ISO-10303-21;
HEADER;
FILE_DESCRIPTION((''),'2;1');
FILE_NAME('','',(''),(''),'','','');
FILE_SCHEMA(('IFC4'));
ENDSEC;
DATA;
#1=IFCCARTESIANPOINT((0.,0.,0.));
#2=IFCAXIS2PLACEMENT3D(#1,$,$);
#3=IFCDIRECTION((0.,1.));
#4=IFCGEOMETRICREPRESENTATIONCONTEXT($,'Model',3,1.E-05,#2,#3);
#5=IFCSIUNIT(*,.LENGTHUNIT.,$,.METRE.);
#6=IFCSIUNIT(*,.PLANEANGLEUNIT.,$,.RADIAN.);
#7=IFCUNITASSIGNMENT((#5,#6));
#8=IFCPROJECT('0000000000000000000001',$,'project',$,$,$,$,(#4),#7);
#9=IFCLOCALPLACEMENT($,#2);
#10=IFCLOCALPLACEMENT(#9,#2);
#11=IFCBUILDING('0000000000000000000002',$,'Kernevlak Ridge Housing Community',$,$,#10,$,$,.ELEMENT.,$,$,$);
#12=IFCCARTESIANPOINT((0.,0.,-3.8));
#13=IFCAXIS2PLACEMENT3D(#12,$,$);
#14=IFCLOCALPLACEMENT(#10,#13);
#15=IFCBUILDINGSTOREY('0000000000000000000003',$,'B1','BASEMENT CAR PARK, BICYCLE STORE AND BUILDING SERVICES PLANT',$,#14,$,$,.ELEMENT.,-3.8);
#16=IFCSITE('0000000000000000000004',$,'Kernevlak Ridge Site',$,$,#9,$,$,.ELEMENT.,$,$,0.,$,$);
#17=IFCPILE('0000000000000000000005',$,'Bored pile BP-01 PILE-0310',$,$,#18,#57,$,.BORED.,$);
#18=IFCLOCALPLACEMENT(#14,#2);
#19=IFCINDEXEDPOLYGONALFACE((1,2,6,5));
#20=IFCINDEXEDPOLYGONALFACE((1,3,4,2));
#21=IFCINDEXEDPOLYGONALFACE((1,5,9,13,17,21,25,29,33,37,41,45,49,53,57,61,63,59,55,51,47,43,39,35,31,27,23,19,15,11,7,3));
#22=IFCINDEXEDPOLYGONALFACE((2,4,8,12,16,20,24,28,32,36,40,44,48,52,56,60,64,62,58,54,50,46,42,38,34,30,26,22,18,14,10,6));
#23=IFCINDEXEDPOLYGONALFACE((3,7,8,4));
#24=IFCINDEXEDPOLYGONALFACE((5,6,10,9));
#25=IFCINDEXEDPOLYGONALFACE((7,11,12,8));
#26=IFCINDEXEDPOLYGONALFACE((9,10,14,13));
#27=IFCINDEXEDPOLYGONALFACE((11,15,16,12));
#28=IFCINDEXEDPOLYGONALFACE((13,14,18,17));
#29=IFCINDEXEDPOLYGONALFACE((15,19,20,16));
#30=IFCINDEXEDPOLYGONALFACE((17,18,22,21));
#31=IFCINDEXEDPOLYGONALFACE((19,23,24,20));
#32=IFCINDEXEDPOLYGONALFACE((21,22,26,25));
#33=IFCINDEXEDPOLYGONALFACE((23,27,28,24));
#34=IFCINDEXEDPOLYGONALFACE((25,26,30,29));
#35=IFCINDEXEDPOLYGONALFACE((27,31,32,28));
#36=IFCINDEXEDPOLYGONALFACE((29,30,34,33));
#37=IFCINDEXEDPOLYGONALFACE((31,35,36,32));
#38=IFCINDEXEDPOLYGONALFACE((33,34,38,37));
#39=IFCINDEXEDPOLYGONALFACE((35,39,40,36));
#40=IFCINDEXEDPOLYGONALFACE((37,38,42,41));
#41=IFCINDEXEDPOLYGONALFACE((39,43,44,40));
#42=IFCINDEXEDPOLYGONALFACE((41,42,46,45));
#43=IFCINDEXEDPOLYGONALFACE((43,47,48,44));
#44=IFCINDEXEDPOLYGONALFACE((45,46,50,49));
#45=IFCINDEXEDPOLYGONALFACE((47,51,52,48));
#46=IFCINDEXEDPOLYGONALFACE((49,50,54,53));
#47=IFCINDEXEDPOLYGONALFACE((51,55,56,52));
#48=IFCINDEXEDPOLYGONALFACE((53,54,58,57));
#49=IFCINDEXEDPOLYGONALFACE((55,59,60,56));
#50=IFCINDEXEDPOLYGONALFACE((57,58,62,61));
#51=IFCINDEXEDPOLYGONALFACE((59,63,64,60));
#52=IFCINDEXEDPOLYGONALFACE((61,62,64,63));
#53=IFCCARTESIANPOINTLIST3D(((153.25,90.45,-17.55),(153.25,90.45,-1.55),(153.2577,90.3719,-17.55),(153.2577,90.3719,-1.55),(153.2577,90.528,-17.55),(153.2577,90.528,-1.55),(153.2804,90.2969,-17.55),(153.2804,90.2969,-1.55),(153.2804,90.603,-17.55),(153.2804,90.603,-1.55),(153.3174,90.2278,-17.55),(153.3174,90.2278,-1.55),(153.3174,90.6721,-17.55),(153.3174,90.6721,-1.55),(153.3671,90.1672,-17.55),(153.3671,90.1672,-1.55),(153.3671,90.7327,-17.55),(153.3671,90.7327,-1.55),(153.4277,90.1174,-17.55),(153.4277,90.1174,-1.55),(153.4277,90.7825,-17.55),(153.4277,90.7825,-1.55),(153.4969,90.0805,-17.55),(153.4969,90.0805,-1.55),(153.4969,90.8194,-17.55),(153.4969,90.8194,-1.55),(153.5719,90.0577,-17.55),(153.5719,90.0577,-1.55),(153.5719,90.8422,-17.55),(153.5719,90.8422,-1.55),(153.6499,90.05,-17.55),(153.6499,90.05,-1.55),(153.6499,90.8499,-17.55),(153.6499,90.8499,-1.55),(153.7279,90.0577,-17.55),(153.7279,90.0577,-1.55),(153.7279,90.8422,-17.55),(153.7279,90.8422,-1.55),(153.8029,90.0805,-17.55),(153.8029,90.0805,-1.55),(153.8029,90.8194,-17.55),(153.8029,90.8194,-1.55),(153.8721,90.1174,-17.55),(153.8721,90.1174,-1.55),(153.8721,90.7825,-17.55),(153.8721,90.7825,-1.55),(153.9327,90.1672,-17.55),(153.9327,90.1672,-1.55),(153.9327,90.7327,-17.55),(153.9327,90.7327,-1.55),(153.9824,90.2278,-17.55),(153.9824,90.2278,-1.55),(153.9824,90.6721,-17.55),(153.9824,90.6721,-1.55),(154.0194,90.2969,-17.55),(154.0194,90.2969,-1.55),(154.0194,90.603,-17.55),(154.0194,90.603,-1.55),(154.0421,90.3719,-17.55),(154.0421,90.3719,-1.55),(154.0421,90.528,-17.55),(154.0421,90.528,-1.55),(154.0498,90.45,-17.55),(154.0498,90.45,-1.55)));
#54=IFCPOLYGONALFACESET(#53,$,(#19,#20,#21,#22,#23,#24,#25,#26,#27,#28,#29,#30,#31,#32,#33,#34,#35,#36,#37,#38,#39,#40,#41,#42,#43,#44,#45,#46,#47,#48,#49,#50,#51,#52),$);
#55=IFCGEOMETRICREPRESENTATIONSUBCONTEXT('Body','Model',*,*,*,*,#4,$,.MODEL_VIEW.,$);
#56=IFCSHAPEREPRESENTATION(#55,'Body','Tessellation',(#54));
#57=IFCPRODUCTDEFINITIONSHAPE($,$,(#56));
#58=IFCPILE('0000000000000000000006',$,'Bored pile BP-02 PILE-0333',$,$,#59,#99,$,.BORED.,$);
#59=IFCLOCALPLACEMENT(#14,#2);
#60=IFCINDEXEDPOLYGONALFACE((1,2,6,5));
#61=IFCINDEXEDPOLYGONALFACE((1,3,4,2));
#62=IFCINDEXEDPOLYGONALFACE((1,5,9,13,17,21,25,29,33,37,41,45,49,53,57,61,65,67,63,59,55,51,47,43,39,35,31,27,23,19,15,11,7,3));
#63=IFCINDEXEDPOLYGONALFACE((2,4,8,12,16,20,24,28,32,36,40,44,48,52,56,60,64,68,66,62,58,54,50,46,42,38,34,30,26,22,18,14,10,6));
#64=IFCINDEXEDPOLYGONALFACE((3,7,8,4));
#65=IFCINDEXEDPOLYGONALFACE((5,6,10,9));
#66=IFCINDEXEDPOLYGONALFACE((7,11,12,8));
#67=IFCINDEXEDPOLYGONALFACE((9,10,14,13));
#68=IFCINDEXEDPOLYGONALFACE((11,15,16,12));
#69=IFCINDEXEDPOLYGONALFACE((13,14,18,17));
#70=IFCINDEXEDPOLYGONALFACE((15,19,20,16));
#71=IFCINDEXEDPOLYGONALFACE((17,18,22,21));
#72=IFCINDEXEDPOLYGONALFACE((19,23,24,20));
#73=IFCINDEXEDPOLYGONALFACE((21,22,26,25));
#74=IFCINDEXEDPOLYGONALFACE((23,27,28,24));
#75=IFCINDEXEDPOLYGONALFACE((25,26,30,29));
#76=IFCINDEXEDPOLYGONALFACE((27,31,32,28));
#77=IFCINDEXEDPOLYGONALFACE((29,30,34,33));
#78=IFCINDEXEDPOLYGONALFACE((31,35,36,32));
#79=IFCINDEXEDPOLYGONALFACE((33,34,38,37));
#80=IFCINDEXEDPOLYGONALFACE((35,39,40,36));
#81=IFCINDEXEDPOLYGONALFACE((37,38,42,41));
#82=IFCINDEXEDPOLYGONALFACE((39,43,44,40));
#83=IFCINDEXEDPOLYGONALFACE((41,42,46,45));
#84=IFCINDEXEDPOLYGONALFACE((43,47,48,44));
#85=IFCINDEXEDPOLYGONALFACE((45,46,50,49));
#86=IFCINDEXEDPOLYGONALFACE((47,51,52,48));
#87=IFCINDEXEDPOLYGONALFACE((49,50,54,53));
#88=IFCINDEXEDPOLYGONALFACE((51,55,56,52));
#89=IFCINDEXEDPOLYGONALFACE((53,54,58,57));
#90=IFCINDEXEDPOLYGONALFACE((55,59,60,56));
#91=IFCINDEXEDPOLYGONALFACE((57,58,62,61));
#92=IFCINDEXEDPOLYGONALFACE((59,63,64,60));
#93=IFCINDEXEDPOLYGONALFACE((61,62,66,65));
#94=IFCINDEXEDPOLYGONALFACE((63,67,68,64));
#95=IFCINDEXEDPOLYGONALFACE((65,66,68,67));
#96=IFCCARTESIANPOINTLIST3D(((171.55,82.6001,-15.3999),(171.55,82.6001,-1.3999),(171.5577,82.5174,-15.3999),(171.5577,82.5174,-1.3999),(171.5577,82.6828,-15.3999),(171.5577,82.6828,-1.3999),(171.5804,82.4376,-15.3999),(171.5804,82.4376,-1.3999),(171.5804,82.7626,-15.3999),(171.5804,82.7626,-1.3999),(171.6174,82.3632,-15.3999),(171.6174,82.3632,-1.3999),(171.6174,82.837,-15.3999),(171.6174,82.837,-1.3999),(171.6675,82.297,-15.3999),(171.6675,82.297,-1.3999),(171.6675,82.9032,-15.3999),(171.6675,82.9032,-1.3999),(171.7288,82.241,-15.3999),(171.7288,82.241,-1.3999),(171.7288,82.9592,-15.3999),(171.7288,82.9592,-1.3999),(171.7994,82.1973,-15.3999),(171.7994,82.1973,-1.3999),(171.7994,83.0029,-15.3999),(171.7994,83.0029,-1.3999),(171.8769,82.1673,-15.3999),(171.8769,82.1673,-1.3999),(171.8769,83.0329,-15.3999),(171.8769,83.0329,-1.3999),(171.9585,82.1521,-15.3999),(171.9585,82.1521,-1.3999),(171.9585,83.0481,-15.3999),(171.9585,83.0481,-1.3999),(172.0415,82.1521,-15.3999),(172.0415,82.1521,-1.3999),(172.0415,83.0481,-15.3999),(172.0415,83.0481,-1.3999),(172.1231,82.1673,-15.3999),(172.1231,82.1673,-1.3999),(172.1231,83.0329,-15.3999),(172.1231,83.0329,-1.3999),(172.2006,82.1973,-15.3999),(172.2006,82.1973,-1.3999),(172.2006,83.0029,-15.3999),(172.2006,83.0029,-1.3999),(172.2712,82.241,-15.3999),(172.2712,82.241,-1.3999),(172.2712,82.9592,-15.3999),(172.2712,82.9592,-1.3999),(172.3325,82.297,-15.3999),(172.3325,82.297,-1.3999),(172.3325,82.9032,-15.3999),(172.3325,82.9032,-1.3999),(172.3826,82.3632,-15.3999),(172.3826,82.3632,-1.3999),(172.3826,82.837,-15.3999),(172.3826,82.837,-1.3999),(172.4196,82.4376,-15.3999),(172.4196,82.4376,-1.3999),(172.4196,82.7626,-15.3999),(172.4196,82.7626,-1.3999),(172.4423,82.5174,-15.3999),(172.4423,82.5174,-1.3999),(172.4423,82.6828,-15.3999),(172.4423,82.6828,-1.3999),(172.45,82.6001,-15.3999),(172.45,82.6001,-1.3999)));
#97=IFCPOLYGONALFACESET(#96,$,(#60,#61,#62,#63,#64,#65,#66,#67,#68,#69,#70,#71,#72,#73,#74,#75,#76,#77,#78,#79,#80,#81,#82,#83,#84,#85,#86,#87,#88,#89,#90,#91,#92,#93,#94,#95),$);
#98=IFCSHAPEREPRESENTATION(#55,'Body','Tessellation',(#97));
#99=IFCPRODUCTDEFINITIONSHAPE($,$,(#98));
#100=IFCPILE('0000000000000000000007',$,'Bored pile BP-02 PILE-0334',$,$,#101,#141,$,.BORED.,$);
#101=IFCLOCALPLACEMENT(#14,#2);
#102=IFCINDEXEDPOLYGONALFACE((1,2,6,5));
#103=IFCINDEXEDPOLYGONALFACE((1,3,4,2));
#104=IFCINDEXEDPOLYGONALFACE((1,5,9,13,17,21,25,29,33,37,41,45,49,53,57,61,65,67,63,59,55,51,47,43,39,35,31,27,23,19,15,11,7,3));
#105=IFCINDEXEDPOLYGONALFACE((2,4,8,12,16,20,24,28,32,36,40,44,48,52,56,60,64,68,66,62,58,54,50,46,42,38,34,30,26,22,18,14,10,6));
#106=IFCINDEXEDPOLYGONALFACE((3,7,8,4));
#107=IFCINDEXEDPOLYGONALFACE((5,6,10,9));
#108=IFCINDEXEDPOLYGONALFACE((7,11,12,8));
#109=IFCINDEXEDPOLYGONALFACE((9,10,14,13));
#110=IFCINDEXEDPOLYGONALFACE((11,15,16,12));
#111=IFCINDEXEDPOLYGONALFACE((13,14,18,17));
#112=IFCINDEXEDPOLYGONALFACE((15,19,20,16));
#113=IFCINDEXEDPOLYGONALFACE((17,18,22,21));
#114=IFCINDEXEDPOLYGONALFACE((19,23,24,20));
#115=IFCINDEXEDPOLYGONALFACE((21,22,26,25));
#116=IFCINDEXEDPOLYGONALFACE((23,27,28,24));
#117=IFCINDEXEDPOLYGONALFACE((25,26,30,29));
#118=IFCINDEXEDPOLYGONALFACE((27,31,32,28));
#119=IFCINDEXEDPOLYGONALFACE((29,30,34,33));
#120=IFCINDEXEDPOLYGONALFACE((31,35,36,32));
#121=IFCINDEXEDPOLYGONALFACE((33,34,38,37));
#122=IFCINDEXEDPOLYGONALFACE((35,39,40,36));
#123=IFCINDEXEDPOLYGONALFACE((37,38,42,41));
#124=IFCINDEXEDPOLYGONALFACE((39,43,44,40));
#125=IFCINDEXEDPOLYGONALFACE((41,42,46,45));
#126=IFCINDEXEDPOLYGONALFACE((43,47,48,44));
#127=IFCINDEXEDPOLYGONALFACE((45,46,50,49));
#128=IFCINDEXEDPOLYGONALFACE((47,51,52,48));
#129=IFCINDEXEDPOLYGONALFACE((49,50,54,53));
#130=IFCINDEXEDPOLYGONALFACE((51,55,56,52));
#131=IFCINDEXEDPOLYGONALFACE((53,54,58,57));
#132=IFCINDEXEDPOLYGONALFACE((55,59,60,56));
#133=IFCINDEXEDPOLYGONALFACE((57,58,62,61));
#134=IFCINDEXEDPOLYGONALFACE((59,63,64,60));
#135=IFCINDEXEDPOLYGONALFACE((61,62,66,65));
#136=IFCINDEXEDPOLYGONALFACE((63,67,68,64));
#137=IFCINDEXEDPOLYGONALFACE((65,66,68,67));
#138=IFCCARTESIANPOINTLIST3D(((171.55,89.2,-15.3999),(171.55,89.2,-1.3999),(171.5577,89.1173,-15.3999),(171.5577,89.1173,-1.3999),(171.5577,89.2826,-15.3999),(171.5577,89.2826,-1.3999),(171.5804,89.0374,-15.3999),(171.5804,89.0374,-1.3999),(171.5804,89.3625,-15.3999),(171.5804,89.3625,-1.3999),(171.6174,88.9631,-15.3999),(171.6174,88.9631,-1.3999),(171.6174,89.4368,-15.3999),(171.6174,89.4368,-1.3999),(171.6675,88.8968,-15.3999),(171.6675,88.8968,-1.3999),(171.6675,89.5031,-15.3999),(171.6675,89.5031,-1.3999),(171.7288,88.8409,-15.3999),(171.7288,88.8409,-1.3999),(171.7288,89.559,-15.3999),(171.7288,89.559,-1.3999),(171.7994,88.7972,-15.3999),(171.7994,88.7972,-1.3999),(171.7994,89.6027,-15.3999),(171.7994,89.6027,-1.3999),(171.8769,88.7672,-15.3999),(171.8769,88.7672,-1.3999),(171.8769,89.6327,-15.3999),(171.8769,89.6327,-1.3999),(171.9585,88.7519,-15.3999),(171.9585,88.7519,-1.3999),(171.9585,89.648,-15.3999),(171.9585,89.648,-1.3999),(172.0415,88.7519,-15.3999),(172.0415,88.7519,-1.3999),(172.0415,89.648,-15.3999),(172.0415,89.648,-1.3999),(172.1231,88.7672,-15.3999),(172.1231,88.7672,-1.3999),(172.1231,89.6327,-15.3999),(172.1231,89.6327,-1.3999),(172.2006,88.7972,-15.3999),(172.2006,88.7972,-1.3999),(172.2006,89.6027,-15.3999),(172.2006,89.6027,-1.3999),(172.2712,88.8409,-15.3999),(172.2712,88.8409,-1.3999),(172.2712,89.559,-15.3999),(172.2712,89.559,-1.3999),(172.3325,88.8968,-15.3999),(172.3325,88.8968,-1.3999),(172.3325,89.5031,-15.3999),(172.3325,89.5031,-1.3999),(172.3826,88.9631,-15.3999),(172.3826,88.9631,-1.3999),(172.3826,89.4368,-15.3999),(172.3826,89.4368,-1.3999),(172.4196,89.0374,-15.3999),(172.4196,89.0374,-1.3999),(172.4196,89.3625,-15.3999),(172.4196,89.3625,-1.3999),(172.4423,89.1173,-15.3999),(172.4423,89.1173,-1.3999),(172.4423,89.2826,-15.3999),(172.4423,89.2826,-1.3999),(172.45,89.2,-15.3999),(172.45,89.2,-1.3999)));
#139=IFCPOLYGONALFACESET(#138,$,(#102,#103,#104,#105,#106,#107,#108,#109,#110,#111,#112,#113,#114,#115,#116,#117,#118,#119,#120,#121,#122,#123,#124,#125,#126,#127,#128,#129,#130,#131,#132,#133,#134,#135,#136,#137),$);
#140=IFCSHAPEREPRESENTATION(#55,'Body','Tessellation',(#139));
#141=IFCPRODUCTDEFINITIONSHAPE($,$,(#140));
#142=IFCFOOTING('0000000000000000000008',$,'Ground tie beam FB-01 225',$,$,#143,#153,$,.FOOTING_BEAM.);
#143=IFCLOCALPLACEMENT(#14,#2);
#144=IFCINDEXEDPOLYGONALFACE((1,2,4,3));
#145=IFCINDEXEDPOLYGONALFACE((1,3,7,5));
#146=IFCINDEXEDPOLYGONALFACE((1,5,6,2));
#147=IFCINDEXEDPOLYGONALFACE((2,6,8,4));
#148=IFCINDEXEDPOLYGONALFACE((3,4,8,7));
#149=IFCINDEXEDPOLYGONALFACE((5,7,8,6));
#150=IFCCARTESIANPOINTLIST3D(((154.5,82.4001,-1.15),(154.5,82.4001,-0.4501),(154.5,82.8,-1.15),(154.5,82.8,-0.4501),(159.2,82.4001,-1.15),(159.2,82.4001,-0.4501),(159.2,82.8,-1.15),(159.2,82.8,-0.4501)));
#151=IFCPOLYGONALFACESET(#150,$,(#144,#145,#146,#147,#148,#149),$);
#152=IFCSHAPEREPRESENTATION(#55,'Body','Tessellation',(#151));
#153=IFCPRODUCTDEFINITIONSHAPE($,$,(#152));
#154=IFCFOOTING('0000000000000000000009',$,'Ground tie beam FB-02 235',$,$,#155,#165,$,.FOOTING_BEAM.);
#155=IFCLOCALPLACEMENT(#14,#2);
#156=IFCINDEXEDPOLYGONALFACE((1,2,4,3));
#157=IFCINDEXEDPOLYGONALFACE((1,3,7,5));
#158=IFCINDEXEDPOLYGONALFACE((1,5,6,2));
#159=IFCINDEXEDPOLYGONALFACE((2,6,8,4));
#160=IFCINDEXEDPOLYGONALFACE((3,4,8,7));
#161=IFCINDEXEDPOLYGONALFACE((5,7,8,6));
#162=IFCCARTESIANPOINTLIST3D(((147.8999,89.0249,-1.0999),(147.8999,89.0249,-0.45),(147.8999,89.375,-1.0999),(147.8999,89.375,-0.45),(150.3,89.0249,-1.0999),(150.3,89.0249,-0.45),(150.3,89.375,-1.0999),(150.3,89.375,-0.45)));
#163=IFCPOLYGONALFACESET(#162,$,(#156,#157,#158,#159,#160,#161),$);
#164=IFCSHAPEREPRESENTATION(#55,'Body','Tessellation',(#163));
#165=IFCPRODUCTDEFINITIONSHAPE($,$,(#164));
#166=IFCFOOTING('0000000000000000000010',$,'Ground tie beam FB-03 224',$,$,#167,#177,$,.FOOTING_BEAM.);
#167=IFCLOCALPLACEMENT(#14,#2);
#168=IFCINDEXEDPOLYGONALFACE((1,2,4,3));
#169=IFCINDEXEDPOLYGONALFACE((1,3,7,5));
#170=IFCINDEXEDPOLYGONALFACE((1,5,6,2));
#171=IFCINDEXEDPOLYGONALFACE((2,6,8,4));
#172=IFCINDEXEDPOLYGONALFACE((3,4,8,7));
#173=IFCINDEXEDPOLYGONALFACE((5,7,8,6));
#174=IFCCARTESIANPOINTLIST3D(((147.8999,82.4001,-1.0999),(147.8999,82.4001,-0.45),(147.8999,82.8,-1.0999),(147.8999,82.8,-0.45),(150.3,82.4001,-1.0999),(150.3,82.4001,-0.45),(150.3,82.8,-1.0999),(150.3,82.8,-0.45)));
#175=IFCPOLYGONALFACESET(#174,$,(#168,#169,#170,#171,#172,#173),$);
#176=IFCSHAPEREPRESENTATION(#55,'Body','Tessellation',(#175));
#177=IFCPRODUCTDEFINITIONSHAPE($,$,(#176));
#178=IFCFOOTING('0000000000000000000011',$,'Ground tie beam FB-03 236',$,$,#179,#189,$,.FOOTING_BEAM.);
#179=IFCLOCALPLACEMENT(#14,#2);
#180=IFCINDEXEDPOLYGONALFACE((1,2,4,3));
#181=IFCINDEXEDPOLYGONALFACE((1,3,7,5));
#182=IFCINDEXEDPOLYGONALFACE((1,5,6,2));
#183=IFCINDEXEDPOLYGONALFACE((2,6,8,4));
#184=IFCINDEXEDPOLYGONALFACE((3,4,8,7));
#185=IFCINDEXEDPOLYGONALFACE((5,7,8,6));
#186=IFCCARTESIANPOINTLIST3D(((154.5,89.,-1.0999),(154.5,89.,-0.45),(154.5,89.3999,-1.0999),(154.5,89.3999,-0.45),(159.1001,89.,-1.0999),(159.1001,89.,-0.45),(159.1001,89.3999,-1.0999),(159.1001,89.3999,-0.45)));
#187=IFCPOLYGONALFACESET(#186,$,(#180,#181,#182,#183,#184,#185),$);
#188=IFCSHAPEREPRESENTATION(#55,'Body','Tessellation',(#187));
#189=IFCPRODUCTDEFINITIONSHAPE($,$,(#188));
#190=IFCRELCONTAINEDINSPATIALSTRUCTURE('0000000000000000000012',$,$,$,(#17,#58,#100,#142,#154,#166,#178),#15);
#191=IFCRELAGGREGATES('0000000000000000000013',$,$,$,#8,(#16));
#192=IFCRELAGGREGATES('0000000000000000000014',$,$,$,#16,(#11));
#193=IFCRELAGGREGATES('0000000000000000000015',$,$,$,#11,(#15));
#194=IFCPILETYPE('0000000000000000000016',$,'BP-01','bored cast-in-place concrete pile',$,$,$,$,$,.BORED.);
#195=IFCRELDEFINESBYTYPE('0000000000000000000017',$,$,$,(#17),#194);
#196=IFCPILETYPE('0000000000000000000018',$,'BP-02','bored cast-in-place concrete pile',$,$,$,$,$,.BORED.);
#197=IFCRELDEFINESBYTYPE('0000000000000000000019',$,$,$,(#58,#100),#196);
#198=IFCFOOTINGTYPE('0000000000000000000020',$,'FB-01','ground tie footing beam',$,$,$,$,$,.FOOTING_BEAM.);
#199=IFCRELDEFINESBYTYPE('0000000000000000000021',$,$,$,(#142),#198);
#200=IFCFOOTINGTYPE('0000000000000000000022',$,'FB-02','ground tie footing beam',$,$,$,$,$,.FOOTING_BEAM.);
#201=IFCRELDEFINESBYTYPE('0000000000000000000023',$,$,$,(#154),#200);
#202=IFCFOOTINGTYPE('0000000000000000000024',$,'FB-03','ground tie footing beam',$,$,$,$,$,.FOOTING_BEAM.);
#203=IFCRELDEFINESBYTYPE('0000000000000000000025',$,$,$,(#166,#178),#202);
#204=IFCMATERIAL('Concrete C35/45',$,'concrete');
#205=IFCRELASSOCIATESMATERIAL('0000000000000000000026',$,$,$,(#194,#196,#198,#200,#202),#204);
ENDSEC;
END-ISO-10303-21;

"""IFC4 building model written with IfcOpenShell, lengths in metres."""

from ifc_helpers import new_model, si_unit, direction, frame, origin, origin_2d, place, context, subcontext, project, spatial, rectangle, circle, extrude, material, material_profile, profile_set, type_object, element, save


model = new_model("IFC4")

# Units and contexts
model_context = context("Model", 3, precision=1e-05, world=origin(), true_north=direction((0.0, 1.0)))
body_context = subcontext(model_context, "Body", "Model", "MODEL_VIEW")
ifc_project = project(units=[si_unit("LENGTHUNIT", "METRE"), si_unit("PLANEANGLEUNIT", "RADIAN")], contexts=[model_context])

# Site, building, storey
site_placement = place(None, origin())
site = spatial("IfcSite", under=ifc_project, at=site_placement, Name="Kernevlak Ridge Site", CompositionType="ELEMENT", RefElevation=0.0)
building_placement = place(site_placement, origin())
building = spatial("IfcBuilding", under=site, at=building_placement, Name="Kernevlak Ridge Housing Community", CompositionType="ELEMENT")
storey_placement = place(building_placement, frame((0.0, 0.0, -3.8)))
storey = spatial("IfcBuildingStorey", under=building, at=storey_placement, Name="B1", Description="BASEMENT CAR PARK, BICYCLE STORE AND BUILDING SERVICES PLANT", CompositionType="ELEMENT", Elevation=-3.8)

# Piles
ifc_material_1 = material(Name="Concrete C35/45", Category="concrete")
ifc_material_profile_1 = material_profile(ifc_material_1, circle(Radius=0.3999, at=origin_2d()), Name="BORED PILE 800")
ifc_profile_set_1 = profile_set([ifc_material_profile_1], Name="Concrete C35/45")
pile_type_1 = type_object("IfcPileType", Name="BP-01", Description="bored cast-in-place concrete pile", PredefinedType="BORED", material=ifc_profile_set_1)
for number, where, z_axis, x_axis, name in (
    (1, (153.6499, 90.45, -1.55), (0.0, 0.0, -1.0), (1.0, 0.0, 0.0), "Bored pile BP-01 PILE-0310"),
):
    element("IfcPile", number, at=place(storey_placement, frame(where, z_axis=z_axis, x_axis=x_axis)), inside=storey, type_object=pile_type_1, Name=name, PredefinedType="BORED", context=body_context, shape_type="SweptSolid", body=[
        extrude(circle(Radius=0.3999, at=origin_2d()), origin(), (0.0, 0.0, 1.0), 16.0),
    ])
ifc_material_profile_2 = material_profile(ifc_material_1, circle(Radius=0.45, at=origin_2d()), Name="BORED PILE 900")
ifc_profile_set_2 = profile_set([ifc_material_profile_2], Name="Concrete C35/45")
pile_type_2 = type_object("IfcPileType", Name="BP-02", Description="bored cast-in-place concrete pile", PredefinedType="BORED", material=ifc_profile_set_2)
for number, where, z_axis, x_axis, name in (
    (2, (172.0, 82.6001, -1.3999), (0.0, 0.0, -1.0), (1.0, 0.0, 0.0), "Bored pile BP-02 PILE-0333"),
    (3, (172.0, 89.2, -1.3999), (0.0, 0.0, -1.0), (1.0, 0.0, 0.0), "Bored pile BP-02 PILE-0334"),
):
    element("IfcPile", number, at=place(storey_placement, frame(where, z_axis=z_axis, x_axis=x_axis)), inside=storey, type_object=pile_type_2, Name=name, PredefinedType="BORED", context=body_context, shape_type="SweptSolid", body=[
        extrude(circle(Radius=0.45, at=origin_2d()), origin(), (0.0, 0.0, 1.0), 14.0),
    ])

# Footings
ifc_material_profile_3 = material_profile(ifc_material_1, rectangle(XDim=0.3999, YDim=0.7, at=origin_2d()), Name="RC 400x700")
ifc_profile_set_3 = profile_set([ifc_material_profile_3], Name="Concrete C35/45")
footing_type_1 = type_object("IfcFootingType", Name="FB-01", Description="ground tie footing beam", PredefinedType="FOOTING_BEAM", material=ifc_profile_set_3)
footing_1_placement = place(storey_placement, frame((154.5, 82.6001, -0.8), z_axis=(1.0, 0.0, 0.0), x_axis=(0.0, 1.0, 0.0)))
element("IfcFooting", 4, at=footing_1_placement, inside=storey, type_object=footing_type_1, Name="Ground tie beam FB-01 225", PredefinedType="FOOTING_BEAM", context=body_context, shape_type="SweptSolid", body=[
    extrude(rectangle(XDim=0.3999, YDim=0.7, at=origin_2d()), origin(), (0.0, 0.0, 1.0), 4.7),
])
ifc_material_profile_4 = material_profile(ifc_material_1, rectangle(XDim=0.3501, YDim=0.6499, at=origin_2d()), Name="RC 350x650")
ifc_profile_set_4 = profile_set([ifc_material_profile_4], Name="Concrete C35/45")
footing_type_2 = type_object("IfcFootingType", Name="FB-02", Description="ground tie footing beam", PredefinedType="FOOTING_BEAM", material=ifc_profile_set_4)
footing_2_placement = place(storey_placement, frame((147.8999, 89.2, -0.7749), z_axis=(1.0, 0.0, 0.0), x_axis=(0.0, 1.0, 0.0)))
element("IfcFooting", 5, at=footing_2_placement, inside=storey, type_object=footing_type_2, Name="Ground tie beam FB-02 235", PredefinedType="FOOTING_BEAM", context=body_context, shape_type="SweptSolid", body=[
    extrude(rectangle(XDim=0.3501, YDim=0.6499, at=origin_2d()), origin(), (0.0, 0.0, 1.0), 2.4001),
])
ifc_material_profile_5 = material_profile(ifc_material_1, rectangle(XDim=0.3999, YDim=0.6499, at=origin_2d()), Name="RC 400x650")
ifc_profile_set_5 = profile_set([ifc_material_profile_5], Name="Concrete C35/45")
footing_type_3 = type_object("IfcFootingType", Name="FB-03", Description="ground tie footing beam", PredefinedType="FOOTING_BEAM", material=ifc_profile_set_5)
footing_3_placement = place(storey_placement, frame((147.8999, 82.6001, -0.7749), z_axis=(1.0, 0.0, 0.0), x_axis=(0.0, 1.0, 0.0)))
element("IfcFooting", 6, at=footing_3_placement, inside=storey, type_object=footing_type_3, Name="Ground tie beam FB-03 224", PredefinedType="FOOTING_BEAM", context=body_context, shape_type="SweptSolid", body=[
    extrude(rectangle(XDim=0.3999, YDim=0.6499, at=origin_2d()), origin(), (0.0, 0.0, 1.0), 2.4001),
])
footing_4_placement = place(storey_placement, frame((154.5, 89.2, -0.7749), z_axis=(1.0, 0.0, 0.0), x_axis=(0.0, 1.0, 0.0)))
element("IfcFooting", 7, at=footing_4_placement, inside=storey, type_object=footing_type_3, Name="Ground tie beam FB-03 236", PredefinedType="FOOTING_BEAM", context=body_context, shape_type="SweptSolid", body=[
    extrude(rectangle(XDim=0.3999, YDim=0.6499, at=origin_2d()), origin(), (0.0, 0.0, 1.0), 4.6001),
])

save(model, "model.ifc")
